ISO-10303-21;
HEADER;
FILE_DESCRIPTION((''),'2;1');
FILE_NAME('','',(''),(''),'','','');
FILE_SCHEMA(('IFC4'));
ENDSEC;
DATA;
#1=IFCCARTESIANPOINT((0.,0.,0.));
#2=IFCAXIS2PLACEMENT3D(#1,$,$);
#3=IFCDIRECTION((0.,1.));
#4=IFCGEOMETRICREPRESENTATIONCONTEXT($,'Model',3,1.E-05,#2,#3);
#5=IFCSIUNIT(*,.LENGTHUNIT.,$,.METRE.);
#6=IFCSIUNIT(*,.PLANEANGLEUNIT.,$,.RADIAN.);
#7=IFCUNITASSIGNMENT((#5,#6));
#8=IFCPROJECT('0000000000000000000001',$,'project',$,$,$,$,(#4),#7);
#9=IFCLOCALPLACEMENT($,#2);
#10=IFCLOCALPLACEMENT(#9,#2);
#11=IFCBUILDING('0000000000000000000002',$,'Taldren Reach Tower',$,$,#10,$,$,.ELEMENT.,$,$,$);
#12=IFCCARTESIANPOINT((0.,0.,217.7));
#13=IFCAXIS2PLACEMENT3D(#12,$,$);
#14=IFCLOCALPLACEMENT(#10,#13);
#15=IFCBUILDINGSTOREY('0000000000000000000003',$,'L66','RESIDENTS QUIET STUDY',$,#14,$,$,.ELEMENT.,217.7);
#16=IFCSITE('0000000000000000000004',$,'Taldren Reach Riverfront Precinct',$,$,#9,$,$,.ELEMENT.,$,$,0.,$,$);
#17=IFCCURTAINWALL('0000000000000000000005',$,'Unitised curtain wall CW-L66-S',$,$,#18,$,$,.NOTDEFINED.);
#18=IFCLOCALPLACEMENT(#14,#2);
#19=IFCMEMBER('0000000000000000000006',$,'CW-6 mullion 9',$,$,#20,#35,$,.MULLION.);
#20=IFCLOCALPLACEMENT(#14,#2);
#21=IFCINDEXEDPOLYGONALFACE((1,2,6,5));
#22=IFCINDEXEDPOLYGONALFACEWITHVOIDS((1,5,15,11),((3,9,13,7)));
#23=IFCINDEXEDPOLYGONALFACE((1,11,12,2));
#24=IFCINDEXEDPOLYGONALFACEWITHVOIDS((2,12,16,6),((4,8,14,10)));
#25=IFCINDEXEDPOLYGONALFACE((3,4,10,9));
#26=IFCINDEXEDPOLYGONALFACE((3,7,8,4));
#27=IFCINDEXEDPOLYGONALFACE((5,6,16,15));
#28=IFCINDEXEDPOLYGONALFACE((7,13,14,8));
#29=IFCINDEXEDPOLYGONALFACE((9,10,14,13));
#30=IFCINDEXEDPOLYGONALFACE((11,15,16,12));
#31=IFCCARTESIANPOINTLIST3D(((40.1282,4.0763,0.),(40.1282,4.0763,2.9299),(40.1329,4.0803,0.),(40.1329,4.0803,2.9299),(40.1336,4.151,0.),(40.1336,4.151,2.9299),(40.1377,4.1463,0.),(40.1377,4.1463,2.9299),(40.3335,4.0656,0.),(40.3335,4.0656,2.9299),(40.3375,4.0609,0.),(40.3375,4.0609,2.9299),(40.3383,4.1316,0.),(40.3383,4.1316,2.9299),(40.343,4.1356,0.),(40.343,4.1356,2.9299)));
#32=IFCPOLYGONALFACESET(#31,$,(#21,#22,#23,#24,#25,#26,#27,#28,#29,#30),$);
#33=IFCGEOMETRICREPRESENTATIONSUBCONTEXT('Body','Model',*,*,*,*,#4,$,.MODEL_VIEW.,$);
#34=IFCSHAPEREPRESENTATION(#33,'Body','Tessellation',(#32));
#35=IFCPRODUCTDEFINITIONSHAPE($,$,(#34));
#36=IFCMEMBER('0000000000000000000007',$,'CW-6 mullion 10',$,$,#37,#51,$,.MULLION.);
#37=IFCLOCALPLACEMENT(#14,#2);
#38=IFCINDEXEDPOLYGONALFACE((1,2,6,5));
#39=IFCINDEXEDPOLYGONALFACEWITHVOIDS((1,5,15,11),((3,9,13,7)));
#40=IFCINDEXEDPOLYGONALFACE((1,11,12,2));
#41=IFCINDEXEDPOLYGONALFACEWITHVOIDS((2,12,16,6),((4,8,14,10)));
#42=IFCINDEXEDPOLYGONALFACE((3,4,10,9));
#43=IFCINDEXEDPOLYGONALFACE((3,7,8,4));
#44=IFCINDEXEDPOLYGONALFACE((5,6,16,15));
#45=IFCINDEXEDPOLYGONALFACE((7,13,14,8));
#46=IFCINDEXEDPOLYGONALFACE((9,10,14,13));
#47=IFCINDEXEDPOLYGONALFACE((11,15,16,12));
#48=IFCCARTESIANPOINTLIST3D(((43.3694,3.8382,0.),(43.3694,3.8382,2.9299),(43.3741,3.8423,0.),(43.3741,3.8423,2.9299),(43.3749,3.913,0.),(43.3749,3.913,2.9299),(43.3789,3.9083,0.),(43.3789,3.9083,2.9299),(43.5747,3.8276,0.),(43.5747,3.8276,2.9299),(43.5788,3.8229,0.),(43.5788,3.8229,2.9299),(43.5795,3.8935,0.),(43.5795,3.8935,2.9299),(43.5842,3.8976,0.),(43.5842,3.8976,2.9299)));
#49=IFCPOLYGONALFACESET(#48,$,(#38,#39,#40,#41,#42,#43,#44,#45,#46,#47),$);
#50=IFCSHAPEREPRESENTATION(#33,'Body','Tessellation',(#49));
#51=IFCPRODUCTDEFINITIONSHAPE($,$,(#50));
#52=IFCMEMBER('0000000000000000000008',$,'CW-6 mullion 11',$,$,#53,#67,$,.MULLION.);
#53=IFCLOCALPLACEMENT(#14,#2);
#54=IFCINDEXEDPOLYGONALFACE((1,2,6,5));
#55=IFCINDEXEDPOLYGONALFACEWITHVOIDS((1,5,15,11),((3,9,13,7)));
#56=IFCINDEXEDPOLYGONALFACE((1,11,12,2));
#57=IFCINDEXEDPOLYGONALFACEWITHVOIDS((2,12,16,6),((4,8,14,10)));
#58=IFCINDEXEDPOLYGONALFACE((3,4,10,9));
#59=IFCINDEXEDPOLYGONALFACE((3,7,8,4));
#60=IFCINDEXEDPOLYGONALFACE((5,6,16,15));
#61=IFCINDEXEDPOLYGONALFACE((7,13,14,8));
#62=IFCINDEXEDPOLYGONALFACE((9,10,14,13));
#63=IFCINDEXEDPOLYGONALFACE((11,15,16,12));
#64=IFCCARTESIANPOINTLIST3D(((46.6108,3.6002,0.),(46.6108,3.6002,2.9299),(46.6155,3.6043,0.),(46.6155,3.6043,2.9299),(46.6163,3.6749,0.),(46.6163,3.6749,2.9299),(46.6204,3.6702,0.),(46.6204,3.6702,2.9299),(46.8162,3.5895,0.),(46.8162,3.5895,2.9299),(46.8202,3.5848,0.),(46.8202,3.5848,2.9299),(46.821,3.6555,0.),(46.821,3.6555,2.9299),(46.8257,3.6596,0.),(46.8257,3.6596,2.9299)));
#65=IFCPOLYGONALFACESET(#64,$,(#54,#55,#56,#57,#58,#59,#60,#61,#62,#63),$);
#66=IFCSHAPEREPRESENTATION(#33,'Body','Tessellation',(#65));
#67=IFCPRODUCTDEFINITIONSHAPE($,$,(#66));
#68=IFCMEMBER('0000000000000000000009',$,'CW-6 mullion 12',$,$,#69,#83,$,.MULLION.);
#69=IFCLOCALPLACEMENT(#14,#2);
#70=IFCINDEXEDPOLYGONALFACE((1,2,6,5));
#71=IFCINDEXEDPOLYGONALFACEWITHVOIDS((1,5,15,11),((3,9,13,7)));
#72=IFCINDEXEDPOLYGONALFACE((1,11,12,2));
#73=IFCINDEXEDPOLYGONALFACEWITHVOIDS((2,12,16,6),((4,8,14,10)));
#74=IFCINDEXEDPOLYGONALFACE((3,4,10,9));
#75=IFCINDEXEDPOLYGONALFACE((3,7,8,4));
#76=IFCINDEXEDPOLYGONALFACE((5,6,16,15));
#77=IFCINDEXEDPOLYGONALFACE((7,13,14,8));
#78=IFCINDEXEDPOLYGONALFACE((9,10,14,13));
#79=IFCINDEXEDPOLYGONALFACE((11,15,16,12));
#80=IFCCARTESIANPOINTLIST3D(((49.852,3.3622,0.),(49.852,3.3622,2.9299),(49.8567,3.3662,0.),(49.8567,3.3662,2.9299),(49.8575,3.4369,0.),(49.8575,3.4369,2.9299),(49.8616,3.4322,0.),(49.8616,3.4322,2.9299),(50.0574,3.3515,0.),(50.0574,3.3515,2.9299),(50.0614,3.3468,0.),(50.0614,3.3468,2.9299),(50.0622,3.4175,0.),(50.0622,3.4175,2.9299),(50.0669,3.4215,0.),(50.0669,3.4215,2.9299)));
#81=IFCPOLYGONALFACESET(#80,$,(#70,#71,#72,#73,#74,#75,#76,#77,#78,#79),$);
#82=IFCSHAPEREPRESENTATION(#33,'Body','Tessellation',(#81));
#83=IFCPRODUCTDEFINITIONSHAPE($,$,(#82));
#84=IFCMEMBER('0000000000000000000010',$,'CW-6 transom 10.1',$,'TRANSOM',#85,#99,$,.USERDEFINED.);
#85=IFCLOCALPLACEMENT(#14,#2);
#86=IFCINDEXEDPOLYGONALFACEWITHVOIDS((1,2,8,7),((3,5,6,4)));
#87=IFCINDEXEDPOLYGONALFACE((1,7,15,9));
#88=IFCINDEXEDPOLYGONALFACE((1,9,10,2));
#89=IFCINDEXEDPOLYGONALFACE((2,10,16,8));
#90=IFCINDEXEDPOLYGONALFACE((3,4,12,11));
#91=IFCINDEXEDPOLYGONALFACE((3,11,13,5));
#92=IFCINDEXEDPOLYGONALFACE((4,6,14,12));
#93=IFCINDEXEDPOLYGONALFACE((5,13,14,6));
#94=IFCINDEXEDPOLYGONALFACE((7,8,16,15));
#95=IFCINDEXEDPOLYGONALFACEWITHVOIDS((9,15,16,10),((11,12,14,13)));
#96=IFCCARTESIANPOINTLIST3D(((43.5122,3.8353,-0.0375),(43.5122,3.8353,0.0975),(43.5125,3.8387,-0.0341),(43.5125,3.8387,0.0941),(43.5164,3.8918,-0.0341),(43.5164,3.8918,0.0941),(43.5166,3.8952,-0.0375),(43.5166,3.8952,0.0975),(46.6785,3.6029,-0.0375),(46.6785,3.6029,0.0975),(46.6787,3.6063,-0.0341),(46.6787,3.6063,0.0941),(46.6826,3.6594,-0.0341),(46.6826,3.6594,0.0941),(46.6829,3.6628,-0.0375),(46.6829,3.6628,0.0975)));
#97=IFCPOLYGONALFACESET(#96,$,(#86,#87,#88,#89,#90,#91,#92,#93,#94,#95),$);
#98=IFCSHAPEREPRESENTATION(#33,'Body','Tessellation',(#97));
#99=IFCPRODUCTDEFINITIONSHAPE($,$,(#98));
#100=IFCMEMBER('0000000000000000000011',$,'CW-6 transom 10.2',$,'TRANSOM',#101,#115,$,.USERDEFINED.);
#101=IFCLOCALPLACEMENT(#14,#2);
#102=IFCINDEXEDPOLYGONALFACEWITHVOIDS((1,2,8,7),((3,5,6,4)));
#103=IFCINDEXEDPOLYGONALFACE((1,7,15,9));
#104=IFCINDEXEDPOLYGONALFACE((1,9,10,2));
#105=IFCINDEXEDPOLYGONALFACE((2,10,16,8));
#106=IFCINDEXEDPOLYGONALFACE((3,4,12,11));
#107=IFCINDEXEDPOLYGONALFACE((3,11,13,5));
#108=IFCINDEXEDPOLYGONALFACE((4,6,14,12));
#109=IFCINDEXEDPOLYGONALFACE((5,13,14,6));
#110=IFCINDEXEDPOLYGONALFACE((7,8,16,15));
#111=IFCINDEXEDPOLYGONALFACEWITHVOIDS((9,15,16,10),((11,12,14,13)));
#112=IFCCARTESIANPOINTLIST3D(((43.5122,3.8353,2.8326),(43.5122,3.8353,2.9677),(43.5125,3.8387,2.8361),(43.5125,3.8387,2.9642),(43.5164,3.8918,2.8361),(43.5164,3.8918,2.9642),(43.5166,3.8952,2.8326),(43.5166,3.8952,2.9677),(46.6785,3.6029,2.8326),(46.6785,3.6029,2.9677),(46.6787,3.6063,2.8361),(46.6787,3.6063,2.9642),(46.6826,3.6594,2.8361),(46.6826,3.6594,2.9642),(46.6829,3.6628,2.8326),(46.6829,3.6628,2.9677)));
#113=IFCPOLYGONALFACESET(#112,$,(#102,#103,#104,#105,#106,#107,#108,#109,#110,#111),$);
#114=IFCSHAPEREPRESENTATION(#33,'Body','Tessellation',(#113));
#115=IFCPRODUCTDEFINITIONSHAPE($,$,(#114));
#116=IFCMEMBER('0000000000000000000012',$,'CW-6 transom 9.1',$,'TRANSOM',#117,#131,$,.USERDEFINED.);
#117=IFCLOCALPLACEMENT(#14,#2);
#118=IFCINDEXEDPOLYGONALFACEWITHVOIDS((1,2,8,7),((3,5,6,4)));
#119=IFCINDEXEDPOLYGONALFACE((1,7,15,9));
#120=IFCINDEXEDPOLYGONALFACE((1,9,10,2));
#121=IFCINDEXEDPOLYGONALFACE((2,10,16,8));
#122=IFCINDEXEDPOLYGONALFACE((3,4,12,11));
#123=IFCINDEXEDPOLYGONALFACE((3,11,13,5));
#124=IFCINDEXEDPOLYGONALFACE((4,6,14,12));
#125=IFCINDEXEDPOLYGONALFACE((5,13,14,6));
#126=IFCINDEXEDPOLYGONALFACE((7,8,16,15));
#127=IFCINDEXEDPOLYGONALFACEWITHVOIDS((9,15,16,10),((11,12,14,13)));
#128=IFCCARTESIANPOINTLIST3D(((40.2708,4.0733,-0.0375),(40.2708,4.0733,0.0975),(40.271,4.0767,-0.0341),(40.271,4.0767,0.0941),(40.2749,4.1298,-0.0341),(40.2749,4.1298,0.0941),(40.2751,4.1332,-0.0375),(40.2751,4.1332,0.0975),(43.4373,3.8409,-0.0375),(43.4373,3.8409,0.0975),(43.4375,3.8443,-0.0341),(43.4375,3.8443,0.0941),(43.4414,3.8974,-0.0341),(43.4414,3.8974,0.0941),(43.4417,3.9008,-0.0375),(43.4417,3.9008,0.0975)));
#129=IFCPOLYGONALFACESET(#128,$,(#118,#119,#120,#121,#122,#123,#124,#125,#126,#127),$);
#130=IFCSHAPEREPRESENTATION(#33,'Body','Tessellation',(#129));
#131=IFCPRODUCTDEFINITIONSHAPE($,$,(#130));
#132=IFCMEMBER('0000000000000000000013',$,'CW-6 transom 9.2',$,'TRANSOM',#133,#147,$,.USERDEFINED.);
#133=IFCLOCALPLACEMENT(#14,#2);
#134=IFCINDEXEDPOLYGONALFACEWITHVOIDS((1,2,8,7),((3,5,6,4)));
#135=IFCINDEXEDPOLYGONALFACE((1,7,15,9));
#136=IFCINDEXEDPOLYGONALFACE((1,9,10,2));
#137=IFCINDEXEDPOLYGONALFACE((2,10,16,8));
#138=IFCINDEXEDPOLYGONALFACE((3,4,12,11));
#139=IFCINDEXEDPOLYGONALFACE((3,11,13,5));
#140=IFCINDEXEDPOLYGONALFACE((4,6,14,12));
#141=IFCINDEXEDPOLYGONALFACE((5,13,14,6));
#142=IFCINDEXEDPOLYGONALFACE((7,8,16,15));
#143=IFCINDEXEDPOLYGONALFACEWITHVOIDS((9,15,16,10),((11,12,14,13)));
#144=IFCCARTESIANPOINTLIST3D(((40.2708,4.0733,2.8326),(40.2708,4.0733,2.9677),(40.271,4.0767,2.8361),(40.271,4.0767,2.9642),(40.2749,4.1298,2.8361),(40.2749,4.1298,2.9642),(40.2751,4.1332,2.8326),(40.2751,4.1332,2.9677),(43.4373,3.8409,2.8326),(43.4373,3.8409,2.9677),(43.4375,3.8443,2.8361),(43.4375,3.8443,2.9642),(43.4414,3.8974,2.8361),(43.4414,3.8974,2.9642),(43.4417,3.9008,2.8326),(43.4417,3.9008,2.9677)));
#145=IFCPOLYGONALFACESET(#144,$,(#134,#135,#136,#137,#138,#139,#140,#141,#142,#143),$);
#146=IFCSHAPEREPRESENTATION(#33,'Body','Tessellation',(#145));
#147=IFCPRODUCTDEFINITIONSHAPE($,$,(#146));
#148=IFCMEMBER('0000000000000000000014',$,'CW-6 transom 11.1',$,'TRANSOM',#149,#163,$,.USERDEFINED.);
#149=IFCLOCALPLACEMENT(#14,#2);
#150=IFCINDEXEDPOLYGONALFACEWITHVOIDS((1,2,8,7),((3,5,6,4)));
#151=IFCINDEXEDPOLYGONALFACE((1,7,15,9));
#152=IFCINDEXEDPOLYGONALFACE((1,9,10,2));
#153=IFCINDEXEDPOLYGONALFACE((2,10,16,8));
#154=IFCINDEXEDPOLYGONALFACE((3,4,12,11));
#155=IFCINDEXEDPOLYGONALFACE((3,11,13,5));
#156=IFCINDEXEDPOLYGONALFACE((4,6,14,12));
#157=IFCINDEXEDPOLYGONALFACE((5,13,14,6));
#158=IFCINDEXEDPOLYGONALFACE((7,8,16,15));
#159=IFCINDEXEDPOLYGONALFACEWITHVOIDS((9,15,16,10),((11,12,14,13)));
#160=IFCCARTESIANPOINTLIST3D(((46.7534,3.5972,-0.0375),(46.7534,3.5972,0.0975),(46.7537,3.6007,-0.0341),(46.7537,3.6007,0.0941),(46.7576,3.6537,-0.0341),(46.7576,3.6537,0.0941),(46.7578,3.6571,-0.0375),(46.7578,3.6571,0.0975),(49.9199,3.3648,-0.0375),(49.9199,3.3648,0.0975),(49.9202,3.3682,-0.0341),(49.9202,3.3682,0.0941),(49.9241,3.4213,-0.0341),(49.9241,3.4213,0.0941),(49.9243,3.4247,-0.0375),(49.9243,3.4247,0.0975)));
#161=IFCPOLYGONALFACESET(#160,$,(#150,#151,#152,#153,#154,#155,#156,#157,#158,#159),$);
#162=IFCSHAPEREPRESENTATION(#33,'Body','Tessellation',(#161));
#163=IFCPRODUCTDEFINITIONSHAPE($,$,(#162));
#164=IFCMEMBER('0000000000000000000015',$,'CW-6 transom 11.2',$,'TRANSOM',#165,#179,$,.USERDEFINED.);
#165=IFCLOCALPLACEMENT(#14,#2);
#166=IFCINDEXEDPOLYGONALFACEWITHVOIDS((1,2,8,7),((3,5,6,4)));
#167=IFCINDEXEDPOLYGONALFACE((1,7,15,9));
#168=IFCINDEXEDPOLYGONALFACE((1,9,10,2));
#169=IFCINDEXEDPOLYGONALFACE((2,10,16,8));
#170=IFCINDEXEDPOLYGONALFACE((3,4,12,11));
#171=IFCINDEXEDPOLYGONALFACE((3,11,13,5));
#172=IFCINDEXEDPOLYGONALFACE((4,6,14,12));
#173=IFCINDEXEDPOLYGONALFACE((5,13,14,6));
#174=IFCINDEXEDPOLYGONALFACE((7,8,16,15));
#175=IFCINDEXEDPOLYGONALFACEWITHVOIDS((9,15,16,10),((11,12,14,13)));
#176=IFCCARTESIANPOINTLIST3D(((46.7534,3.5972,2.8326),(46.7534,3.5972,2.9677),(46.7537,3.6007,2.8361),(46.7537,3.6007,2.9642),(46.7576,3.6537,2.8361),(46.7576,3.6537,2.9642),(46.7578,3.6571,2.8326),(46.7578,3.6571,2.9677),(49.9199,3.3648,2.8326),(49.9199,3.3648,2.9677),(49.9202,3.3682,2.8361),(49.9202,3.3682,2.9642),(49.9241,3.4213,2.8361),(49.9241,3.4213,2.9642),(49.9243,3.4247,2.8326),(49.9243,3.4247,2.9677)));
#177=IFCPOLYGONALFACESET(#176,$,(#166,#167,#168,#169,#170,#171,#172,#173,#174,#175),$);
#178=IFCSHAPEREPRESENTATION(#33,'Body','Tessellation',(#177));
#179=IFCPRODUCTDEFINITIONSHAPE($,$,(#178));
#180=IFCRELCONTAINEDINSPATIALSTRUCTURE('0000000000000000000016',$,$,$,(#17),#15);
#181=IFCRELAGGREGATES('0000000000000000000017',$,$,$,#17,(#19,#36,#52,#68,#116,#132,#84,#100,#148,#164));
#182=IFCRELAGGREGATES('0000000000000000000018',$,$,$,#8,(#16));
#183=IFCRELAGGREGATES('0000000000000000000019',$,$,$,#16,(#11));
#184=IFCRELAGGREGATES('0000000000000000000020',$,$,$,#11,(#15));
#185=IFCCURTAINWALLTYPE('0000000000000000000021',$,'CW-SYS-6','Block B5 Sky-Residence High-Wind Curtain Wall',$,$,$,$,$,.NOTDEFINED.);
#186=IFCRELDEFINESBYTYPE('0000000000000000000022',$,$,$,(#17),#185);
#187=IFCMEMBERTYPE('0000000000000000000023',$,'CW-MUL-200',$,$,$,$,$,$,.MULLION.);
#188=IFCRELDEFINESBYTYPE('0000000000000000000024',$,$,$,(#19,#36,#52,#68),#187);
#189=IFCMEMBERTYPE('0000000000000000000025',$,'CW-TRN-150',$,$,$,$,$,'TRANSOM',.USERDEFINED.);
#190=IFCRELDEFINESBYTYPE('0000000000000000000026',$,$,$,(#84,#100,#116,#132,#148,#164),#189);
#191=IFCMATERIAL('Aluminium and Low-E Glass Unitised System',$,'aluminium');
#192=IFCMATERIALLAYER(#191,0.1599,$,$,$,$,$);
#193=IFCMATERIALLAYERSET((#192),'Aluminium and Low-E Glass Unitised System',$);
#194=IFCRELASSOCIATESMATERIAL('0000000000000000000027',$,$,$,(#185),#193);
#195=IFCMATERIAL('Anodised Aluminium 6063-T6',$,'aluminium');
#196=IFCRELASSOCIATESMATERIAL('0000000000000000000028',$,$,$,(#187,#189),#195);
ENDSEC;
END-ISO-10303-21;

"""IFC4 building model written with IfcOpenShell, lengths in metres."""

from ifc_helpers import new_model, si_unit, direction, frame, origin, origin_2d, place, context, subcontext, project, spatial, hollow_rectangle, extrude, source, transform, mapped, material, layer, layer_set, material_profile, profile_set, type_object, element, aggregate, save


model = new_model("IFC4")

# Units and contexts
model_context = context("Model", 3, precision=1e-05, world=origin(), true_north=direction((0.0, 1.0)))
body_context = subcontext(model_context, "Body", "Model", "MODEL_VIEW")
ifc_project = project(units=[si_unit("LENGTHUNIT", "METRE"), si_unit("PLANEANGLEUNIT", "RADIAN")], contexts=[model_context])

# Site, building, storey
site_placement = place(None, origin())
site = spatial("IfcSite", under=ifc_project, at=site_placement, Name="Taldren Reach Riverfront Precinct", CompositionType="ELEMENT", RefElevation=0.0)
building_placement = place(site_placement, origin())
building = spatial("IfcBuilding", under=site, at=building_placement, Name="Taldren Reach Tower", CompositionType="ELEMENT")
storey_placement = place(building_placement, frame((0.0, 0.0, 217.7)))
storey = spatial("IfcBuildingStorey", under=building, at=storey_placement, Name="L66", Description="RESIDENTS QUIET STUDY", CompositionType="ELEMENT", Elevation=217.7)

# Curtain wall, members
ifc_material_1 = material(Name="Aluminium and Low-E Glass Unitised System", Category="aluminium")
ifc_layer_1 = layer(ifc_material_1, 0.1599)
ifc_layer_set_1 = layer_set([ifc_layer_1], Name="Aluminium and Low-E Glass Unitised System")
curtain_wall_type = type_object("IfcCurtainWallType", Name="CW-SYS-6", Description="Block B5 Sky-Residence High-Wind Curtain Wall", PredefinedType="NOTDEFINED", material=ifc_layer_set_1)
curtain_wall_placement = place(storey_placement, origin())
curtain_wall = element("IfcCurtainWall", 1, at=curtain_wall_placement, inside=storey, type_object=curtain_wall_type, Name="Unitised curtain wall CW-L66-S", PredefinedType="NOTDEFINED")
ifc_material_2 = material(Name="Anodised Aluminium 6063-T6", Category="aluminium")
ifc_material_profile_1 = material_profile(ifc_material_2, hollow_rectangle(XDim=0.075, YDim=0.21, WallThickness=0.0044, at=origin_2d()), Name="ALU-210x75x4.5RHS")
ifc_profile_set_1 = profile_set([ifc_material_profile_1], Name="Anodised Aluminium 6063-T6")
member_type_1 = type_object("IfcMemberType", Name="CW-MUL-200", PredefinedType="MULLION", material=ifc_profile_set_1)
shared_shape_1 = source(origin(), body_context, "Body", "SweptSolid", [
    extrude(hollow_rectangle(XDim=0.075, YDim=0.21, WallThickness=0.0044, at=origin_2d()), origin(), (0.0, 0.0, 1.0), 2.9299),
])
member_1_placement = place(storey_placement, frame((40.2356, 4.106, 0.0), z_axis=(0.0, 0.0, 1.0), x_axis=(0.073238, 0.997314, 0.0)))
member_1 = element("IfcMember", 2, at=member_1_placement, type_object=member_type_1, Name="CW-6 mullion 9", PredefinedType="MULLION", context=body_context, shape_type="MappedRepresentation", body=[
    mapped(shared_shape_1, transform((0.0, 0.0, 0.0), scale=1.0)),
])
member_2_placement = place(storey_placement, frame((43.4768, 3.8679, 0.0), z_axis=(0.0, 0.0, 1.0), x_axis=(0.073238, 0.997314, 0.0)))
member_2 = element("IfcMember", 3, at=member_2_placement, type_object=member_type_1, Name="CW-6 mullion 10", PredefinedType="MULLION", context=body_context, shape_type="MappedRepresentation", body=[
    mapped(shared_shape_1, transform((0.0, 0.0, 0.0), scale=1.0)),
])
member_3_placement = place(storey_placement, frame((46.7183, 3.6299, 0.0), z_axis=(0.0, 0.0, 1.0), x_axis=(0.073238, 0.997314, 0.0)))
member_3 = element("IfcMember", 4, at=member_3_placement, type_object=member_type_1, Name="CW-6 mullion 11", PredefinedType="MULLION", context=body_context, shape_type="MappedRepresentation", body=[
    mapped(shared_shape_1, transform((0.0, 0.0, 0.0), scale=1.0)),
])
member_4_placement = place(storey_placement, frame((49.9595, 3.3918, 0.0), z_axis=(0.0, 0.0, 1.0), x_axis=(0.073238, 0.997314, 0.0)))
member_4 = element("IfcMember", 5, at=member_4_placement, type_object=member_type_1, Name="CW-6 mullion 12", PredefinedType="MULLION", context=body_context, shape_type="MappedRepresentation", body=[
    mapped(shared_shape_1, transform((0.0, 0.0, 0.0), scale=1.0)),
])
ifc_material_profile_2 = material_profile(ifc_material_2, hollow_rectangle(XDim=0.0601, YDim=0.135, WallThickness=0.0034, at=origin_2d()), Name="ALU-135x60x3.5RHS")
ifc_profile_set_2 = profile_set([ifc_material_profile_2], Name="Anodised Aluminium 6063-T6")
member_type_2 = type_object("IfcMemberType", Name="CW-TRN-150", ElementType="TRANSOM", PredefinedType="USERDEFINED", material=ifc_profile_set_2)
shared_shape_2 = source(origin(), body_context, "Body", "SweptSolid", [
    extrude(hollow_rectangle(XDim=0.0601, YDim=0.135, WallThickness=0.0034, at=origin_2d()), origin(), (0.0, 0.0, 1.0), 3.1748),
])
member_5_placement = place(storey_placement, frame((43.5144, 3.8652, 0.03), z_axis=(0.997317, -0.073209, 0.0), x_axis=(0.073209, 0.997317, 0.0)))
member_5 = element("IfcMember", 6, at=member_5_placement, type_object=member_type_2, Name="CW-6 transom 10.1", ObjectType="TRANSOM", PredefinedType="USERDEFINED", context=body_context, shape_type="MappedRepresentation", body=[
    mapped(shared_shape_2, transform((0.0, 0.0, 0.0), scale=1.0)),
])
member_6_placement = place(storey_placement, frame((43.5144, 3.8652, 2.9001), z_axis=(0.997317, -0.073209, 0.0), x_axis=(0.073209, 0.997317, 0.0)))
member_6 = element("IfcMember", 7, at=member_6_placement, type_object=member_type_2, Name="CW-6 transom 10.2", ObjectType="TRANSOM", PredefinedType="USERDEFINED", context=body_context, shape_type="MappedRepresentation", body=[
    mapped(shared_shape_2, transform((0.0, 0.0, 0.0), scale=1.0)),
])
shared_shape_3 = source(origin(), body_context, "Body", "SweptSolid", [
    extrude(hollow_rectangle(XDim=0.0601, YDim=0.135, WallThickness=0.0034, at=origin_2d()), origin(), (0.0, 0.0, 1.0), 3.175),
])
member_7_placement = place(storey_placement, frame((40.2729, 4.1033, 0.03), z_axis=(0.997317, -0.073203, 0.0), x_axis=(0.073203, 0.997317, 0.0)))
member_7 = element("IfcMember", 8, at=member_7_placement, type_object=member_type_2, Name="CW-6 transom 9.1", ObjectType="TRANSOM", PredefinedType="USERDEFINED", context=body_context, shape_type="MappedRepresentation", body=[
    mapped(shared_shape_3, transform((0.0, 0.0, 0.0), scale=1.0)),
])
member_8_placement = place(storey_placement, frame((40.2729, 4.1033, 2.9001), z_axis=(0.997317, -0.073203, 0.0), x_axis=(0.073203, 0.997317, 0.0)))
member_8 = element("IfcMember", 9, at=member_8_placement, type_object=member_type_2, Name="CW-6 transom 9.2", ObjectType="TRANSOM", PredefinedType="USERDEFINED", context=body_context, shape_type="MappedRepresentation", body=[
    mapped(shared_shape_3, transform((0.0, 0.0, 0.0), scale=1.0)),
])
member_9_placement = place(storey_placement, frame((46.7556, 3.6272, 0.03), z_axis=(0.997317, -0.073203, 0.0), x_axis=(0.073203, 0.997317, 0.0)))
member_9 = element("IfcMember", 10, at=member_9_placement, type_object=member_type_2, Name="CW-6 transom 11.1", ObjectType="TRANSOM", PredefinedType="USERDEFINED", context=body_context, shape_type="MappedRepresentation", body=[
    mapped(shared_shape_3, transform((0.0, 0.0, 0.0), scale=1.0)),
])
member_10_placement = place(storey_placement, frame((46.7556, 3.6272, 2.9001), z_axis=(0.997317, -0.073203, 0.0), x_axis=(0.073203, 0.997317, 0.0)))
member_10 = element("IfcMember", 11, at=member_10_placement, type_object=member_type_2, Name="CW-6 transom 11.2", ObjectType="TRANSOM", PredefinedType="USERDEFINED", context=body_context, shape_type="MappedRepresentation", body=[
    mapped(shared_shape_3, transform((0.0, 0.0, 0.0), scale=1.0)),
])

aggregate(curtain_wall, [member_1, member_2, member_3, member_4, member_7, member_8, member_5, member_6, member_9, member_10])

save(model, "model.ifc")
